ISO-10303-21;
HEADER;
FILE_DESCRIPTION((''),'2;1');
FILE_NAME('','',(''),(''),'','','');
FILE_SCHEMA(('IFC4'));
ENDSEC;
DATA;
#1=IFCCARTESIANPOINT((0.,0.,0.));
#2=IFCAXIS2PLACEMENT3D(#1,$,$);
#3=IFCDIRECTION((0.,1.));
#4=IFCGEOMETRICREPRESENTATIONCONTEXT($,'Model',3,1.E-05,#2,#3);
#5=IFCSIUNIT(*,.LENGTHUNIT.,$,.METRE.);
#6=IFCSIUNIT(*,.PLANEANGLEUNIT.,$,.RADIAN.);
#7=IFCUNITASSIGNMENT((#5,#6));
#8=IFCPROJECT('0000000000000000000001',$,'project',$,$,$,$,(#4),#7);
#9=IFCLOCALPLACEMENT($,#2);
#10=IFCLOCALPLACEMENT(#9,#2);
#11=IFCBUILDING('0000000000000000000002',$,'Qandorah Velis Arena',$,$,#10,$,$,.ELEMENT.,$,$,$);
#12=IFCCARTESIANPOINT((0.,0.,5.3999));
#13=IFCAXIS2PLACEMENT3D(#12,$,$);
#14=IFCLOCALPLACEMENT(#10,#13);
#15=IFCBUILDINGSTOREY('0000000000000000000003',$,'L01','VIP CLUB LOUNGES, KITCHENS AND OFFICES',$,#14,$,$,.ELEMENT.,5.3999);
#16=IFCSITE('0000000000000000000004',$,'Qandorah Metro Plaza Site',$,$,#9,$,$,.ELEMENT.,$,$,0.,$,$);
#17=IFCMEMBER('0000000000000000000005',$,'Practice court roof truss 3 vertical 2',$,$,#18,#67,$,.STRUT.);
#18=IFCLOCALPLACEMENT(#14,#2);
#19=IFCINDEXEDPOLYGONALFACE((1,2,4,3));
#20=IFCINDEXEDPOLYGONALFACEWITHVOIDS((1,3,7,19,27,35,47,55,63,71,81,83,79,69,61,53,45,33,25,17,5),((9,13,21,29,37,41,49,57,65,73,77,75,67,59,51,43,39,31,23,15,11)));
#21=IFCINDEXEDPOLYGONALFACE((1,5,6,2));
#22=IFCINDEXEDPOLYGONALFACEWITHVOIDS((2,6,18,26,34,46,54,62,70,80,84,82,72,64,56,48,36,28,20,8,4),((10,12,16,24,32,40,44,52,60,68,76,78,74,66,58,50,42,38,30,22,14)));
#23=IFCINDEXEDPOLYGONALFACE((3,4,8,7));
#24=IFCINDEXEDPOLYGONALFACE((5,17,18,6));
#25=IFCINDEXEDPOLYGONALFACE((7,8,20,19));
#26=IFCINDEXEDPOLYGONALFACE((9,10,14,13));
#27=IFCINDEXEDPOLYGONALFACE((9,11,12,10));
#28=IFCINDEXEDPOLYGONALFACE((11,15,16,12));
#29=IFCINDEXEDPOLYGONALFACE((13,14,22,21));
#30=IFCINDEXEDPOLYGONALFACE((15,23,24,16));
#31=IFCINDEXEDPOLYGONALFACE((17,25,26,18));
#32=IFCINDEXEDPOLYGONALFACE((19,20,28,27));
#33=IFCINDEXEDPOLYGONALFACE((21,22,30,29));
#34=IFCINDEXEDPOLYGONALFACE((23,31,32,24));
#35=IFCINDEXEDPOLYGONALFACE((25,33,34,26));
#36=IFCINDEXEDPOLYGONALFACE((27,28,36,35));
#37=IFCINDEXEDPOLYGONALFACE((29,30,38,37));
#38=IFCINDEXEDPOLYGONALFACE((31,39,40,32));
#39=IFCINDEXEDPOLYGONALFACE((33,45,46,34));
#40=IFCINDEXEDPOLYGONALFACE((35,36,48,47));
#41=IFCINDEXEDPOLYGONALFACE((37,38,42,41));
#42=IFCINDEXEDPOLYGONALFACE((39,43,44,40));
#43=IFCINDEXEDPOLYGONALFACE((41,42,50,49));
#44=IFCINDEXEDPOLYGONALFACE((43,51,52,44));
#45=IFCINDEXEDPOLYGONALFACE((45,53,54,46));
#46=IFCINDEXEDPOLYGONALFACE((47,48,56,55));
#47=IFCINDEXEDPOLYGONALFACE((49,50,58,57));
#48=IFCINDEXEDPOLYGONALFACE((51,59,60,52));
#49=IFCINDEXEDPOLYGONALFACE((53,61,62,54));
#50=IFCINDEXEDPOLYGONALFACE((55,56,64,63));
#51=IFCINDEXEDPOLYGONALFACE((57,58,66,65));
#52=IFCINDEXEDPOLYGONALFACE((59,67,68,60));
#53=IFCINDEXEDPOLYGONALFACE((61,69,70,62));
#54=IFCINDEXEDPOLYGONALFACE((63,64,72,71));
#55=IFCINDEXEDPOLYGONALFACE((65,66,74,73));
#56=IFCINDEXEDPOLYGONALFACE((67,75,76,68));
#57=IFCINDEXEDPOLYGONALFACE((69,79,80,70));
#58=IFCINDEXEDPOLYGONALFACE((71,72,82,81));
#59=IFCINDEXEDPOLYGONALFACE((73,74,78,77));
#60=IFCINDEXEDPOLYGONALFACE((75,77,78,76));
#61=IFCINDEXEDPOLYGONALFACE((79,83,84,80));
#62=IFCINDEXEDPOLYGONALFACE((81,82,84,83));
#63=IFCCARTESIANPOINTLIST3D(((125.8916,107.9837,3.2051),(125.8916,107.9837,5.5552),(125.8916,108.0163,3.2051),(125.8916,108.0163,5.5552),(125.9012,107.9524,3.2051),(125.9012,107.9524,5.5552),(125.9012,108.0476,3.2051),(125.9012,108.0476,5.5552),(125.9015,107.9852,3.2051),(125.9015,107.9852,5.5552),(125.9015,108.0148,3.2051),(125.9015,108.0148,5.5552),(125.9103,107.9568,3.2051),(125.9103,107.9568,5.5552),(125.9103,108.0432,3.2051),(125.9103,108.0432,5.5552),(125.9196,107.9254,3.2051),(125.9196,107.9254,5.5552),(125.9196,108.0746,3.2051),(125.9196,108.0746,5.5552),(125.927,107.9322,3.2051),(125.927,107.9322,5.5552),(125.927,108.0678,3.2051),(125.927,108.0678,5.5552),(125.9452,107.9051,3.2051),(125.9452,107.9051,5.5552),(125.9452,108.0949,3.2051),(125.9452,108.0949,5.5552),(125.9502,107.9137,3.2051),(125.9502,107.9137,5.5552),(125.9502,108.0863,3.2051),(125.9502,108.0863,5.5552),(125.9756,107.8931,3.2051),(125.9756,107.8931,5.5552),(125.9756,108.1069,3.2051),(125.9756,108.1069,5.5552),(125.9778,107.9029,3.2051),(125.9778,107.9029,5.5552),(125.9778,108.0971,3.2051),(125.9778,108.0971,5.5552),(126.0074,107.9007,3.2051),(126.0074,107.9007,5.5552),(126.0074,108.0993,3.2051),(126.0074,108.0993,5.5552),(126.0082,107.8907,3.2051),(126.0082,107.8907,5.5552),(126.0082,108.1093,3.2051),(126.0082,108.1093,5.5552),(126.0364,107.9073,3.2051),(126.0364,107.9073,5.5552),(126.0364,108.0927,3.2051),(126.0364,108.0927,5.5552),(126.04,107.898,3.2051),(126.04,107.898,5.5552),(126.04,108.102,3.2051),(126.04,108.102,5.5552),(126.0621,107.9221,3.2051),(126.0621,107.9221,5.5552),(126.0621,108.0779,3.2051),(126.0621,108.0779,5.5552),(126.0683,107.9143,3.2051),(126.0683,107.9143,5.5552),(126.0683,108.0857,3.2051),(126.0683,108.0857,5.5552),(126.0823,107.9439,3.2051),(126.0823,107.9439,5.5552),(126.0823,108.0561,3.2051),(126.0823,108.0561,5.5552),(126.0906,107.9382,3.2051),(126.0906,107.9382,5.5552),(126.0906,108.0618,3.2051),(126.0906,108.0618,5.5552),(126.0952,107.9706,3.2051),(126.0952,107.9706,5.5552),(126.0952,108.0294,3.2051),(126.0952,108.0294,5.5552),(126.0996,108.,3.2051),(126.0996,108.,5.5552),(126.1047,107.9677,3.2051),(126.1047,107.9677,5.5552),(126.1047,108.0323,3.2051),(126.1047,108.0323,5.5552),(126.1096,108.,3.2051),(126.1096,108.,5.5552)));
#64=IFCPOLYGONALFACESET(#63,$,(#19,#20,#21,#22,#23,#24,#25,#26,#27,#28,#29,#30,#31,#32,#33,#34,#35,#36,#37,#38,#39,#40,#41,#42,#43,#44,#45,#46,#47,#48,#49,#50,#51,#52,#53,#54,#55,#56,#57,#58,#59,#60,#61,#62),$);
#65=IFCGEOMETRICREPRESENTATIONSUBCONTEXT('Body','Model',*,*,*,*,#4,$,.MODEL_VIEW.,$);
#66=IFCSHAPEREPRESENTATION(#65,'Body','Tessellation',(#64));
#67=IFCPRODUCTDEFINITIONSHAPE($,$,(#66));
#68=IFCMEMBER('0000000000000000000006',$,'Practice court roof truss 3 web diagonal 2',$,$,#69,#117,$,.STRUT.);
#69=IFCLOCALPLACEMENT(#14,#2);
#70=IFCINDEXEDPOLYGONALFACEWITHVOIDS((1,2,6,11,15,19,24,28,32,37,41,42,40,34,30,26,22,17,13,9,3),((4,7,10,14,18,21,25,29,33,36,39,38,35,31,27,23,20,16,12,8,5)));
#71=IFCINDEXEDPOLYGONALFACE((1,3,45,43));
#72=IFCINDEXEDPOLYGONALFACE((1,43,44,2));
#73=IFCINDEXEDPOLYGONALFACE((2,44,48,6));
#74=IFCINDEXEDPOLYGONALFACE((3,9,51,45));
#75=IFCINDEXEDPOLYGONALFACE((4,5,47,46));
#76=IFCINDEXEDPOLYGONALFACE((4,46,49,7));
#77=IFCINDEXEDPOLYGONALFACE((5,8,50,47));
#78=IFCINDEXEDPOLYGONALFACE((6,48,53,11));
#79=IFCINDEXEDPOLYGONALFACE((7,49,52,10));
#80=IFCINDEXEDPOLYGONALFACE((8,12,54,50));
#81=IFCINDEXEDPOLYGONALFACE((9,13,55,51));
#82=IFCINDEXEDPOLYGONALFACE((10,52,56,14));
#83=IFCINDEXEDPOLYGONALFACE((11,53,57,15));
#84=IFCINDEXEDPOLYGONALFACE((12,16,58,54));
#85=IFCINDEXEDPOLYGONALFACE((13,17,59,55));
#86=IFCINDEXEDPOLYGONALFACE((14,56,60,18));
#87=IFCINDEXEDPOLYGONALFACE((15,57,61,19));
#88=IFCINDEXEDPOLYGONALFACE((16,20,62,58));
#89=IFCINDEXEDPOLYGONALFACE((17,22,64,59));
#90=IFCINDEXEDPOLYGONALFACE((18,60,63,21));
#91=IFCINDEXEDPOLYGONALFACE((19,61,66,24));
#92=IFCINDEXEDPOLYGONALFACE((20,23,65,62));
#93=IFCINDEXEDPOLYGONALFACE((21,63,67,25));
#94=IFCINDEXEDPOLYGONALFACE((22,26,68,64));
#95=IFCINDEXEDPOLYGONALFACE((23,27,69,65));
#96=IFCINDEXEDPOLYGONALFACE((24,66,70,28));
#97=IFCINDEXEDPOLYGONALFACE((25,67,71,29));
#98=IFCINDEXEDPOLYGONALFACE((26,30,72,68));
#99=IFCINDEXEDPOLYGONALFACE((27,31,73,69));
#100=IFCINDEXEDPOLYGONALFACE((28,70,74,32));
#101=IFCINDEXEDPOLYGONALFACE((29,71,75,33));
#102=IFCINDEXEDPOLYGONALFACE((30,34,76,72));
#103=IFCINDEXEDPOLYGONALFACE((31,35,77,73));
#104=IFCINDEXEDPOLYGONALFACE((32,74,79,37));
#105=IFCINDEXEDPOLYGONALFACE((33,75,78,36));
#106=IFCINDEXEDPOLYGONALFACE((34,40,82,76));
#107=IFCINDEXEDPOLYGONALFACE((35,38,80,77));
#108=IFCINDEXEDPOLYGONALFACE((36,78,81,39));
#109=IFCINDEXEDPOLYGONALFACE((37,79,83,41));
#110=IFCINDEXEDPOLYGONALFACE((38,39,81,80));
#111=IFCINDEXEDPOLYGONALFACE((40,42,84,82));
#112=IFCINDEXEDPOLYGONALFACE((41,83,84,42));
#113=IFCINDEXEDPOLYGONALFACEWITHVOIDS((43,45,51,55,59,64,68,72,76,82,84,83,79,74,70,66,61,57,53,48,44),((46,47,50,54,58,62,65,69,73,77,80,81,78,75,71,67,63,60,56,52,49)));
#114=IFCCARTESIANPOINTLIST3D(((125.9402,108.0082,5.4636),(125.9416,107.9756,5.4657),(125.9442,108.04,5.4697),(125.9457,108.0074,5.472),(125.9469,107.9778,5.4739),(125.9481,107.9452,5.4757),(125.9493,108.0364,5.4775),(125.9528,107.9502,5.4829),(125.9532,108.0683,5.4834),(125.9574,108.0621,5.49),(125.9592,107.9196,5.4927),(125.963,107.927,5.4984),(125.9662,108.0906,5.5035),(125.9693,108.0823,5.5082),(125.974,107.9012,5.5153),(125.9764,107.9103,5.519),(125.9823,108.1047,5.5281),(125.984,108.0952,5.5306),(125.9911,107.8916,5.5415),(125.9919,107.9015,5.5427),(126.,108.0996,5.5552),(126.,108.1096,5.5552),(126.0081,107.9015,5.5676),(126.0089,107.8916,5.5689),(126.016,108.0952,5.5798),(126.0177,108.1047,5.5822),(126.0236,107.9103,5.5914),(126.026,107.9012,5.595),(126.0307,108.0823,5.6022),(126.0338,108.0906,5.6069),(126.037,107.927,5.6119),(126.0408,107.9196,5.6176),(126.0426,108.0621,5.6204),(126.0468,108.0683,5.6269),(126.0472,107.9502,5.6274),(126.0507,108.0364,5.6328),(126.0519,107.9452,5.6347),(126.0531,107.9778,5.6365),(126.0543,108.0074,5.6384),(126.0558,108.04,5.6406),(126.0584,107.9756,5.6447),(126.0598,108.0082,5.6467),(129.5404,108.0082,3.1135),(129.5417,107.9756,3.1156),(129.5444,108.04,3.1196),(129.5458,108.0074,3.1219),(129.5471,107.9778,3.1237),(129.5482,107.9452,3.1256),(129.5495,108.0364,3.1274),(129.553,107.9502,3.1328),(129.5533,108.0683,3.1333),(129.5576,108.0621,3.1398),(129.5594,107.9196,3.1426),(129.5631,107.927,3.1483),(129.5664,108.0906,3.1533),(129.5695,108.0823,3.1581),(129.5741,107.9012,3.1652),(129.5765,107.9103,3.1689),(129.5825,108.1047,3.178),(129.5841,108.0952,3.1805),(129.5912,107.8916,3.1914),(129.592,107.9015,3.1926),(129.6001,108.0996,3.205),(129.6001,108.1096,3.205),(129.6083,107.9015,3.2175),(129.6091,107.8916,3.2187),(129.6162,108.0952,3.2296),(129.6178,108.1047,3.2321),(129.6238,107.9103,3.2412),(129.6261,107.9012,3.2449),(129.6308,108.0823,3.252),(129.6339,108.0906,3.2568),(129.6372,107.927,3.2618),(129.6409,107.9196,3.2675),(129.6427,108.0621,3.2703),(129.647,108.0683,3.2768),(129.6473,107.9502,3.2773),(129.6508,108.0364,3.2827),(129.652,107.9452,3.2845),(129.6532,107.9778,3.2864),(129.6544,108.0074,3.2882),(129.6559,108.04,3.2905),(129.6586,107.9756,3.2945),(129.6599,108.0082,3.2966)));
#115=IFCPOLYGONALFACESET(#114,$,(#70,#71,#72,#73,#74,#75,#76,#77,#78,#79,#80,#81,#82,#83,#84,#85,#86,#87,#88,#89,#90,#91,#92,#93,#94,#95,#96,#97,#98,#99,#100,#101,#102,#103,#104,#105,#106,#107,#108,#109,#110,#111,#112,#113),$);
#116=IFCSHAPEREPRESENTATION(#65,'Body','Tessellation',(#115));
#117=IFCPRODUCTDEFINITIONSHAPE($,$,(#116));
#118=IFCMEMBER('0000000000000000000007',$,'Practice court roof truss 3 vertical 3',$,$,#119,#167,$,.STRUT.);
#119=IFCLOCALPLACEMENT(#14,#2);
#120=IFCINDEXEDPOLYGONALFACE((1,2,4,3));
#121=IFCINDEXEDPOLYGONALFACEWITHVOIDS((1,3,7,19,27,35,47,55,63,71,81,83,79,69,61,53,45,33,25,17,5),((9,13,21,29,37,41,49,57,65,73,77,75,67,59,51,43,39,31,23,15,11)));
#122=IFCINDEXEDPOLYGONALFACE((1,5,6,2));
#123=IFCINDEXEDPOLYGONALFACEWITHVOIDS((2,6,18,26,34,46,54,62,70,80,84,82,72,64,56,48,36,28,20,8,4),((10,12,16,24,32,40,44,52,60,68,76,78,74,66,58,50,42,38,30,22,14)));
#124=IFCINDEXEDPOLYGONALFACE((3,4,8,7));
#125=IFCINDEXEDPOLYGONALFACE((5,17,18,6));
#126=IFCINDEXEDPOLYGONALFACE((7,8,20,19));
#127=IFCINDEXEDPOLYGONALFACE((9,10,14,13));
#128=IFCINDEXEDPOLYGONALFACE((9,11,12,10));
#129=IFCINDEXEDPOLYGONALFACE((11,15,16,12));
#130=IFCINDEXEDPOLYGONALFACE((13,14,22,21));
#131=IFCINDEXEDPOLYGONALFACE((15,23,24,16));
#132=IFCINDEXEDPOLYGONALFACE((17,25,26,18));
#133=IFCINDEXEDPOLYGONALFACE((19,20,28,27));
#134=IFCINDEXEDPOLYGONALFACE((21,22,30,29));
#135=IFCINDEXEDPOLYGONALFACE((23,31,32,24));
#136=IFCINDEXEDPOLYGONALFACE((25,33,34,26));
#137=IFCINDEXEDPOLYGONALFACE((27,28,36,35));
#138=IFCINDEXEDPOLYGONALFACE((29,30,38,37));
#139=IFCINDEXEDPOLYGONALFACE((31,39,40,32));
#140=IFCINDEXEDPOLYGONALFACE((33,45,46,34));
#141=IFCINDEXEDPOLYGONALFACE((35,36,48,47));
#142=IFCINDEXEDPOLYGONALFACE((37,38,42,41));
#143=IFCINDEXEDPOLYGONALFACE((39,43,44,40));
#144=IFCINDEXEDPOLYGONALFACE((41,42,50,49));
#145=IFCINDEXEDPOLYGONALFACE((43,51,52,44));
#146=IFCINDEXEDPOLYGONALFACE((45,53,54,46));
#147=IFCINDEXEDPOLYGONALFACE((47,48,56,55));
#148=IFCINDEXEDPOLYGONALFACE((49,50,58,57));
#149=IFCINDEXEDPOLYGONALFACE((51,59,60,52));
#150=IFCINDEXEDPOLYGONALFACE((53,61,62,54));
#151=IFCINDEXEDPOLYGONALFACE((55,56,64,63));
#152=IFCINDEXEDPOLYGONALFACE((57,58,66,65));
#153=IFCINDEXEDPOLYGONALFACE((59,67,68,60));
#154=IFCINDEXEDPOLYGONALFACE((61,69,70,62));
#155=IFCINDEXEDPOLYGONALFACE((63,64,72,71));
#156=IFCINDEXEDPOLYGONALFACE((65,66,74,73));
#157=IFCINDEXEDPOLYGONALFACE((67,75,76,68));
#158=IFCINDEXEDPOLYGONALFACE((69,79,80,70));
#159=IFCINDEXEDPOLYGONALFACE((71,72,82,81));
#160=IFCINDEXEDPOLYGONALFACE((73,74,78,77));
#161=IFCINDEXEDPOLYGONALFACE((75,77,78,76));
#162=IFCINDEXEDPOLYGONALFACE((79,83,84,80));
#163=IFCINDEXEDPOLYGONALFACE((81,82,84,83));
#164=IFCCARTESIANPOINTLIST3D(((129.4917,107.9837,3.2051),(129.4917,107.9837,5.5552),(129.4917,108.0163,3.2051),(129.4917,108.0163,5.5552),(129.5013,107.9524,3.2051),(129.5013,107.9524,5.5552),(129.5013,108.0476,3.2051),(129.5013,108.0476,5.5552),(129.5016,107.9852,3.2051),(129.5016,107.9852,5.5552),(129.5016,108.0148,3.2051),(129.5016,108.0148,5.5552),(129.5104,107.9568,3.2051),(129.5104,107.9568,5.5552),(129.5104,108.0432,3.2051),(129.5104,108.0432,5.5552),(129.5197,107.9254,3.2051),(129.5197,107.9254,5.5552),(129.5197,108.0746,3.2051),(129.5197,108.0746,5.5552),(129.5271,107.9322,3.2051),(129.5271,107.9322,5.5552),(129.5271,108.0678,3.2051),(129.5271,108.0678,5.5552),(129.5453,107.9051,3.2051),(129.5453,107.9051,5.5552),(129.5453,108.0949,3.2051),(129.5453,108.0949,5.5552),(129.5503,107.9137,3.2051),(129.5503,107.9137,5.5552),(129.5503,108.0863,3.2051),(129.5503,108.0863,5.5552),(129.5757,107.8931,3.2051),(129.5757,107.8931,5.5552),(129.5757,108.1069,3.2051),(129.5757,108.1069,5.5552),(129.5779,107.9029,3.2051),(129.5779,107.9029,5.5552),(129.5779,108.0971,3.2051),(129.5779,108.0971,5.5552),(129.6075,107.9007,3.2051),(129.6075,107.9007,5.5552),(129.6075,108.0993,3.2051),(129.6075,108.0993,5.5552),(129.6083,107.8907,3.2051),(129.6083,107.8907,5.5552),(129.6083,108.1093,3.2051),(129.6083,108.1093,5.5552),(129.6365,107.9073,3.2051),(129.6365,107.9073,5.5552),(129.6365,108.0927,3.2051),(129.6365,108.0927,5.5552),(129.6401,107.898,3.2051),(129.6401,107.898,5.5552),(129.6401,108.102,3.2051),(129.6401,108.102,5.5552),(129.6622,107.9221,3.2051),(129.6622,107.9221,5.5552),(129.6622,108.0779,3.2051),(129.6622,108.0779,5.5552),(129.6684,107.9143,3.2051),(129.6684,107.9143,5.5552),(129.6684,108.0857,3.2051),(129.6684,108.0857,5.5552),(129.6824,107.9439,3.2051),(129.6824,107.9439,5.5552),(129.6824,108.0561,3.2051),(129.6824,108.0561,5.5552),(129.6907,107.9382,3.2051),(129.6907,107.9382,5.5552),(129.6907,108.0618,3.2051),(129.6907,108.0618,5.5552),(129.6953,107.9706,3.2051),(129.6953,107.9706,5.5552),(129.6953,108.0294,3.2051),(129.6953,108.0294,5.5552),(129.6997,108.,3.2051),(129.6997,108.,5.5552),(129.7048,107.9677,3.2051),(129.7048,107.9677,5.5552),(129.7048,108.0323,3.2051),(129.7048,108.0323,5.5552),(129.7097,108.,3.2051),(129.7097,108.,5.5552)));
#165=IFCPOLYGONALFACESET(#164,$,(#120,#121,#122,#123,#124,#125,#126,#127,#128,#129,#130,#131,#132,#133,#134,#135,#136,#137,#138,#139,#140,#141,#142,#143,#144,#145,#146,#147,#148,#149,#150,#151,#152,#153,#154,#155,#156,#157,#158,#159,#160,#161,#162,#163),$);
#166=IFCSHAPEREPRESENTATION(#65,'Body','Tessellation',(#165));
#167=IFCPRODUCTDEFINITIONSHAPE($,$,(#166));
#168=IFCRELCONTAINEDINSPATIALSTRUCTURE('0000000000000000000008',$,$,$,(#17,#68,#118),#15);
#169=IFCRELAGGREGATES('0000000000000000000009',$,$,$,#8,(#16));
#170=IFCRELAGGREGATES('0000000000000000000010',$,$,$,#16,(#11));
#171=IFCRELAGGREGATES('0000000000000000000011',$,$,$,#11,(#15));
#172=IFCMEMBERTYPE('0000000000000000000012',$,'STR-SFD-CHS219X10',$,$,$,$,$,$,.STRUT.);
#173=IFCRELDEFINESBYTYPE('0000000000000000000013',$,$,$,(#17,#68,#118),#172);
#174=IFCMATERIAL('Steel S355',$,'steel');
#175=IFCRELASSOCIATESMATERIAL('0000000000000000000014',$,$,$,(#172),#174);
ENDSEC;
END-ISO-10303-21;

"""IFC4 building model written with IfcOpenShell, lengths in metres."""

from ifc_helpers import new_model, si_unit, direction, frame, origin, origin_2d, place, context, subcontext, project, spatial, hollow_circle, extrude, material, material_profile, profile_set, type_object, element, save


model = new_model("IFC4")

# Units and contexts
model_context = context("Model", 3, precision=1e-05, world=origin(), true_north=direction((0.0, 1.0)))
body_context = subcontext(model_context, "Body", "Model", "MODEL_VIEW")
ifc_project = project(units=[si_unit("LENGTHUNIT", "METRE"), si_unit("PLANEANGLEUNIT", "RADIAN")], contexts=[model_context])

# Site, building, storey
site_placement = place(None, origin())
site = spatial("IfcSite", under=ifc_project, at=site_placement, Name="Qandorah Metro Plaza Site", CompositionType="ELEMENT", RefElevation=0.0)
building_placement = place(site_placement, origin())
building = spatial("IfcBuilding", under=site, at=building_placement, Name="Qandorah Velis Arena", CompositionType="ELEMENT")
storey_placement = place(building_placement, frame((0.0, 0.0, 5.3999)))
storey = spatial("IfcBuildingStorey", under=building, at=storey_placement, Name="L01", Description="VIP CLUB LOUNGES, KITCHENS AND OFFICES", CompositionType="ELEMENT", Elevation=5.3999)

# Shared definitions
ifc_material_1 = material(Name="Steel S355", Category="steel")

# Members
ifc_material_profile_1 = material_profile(ifc_material_1, hollow_circle(Radius=0.1096, WallThickness=0.01, at=origin_2d()), Name="CHS 219.1x10")
ifc_profile_set_1 = profile_set([ifc_material_profile_1], Name="Steel S355")
member_type = type_object("IfcMemberType", Name="STR-SFD-CHS219X10", PredefinedType="STRUT", material=ifc_profile_set_1)
member_1_placement = place(storey_placement, frame((126.0, 108.0, 3.2051), z_axis=(0.0, 0.0, 1.0), x_axis=(1.0, 0.0, 0.0)))
element("IfcMember", 1, at=member_1_placement, inside=storey, type_object=member_type, Name="Practice court roof truss 3 vertical 2", PredefinedType="STRUT", context=body_context, shape_type="SweptSolid", body=[
    extrude(hollow_circle(Radius=0.1096, WallThickness=0.01, at=origin_2d()), origin(), (0.0, 0.0, 1.0), 2.3501),
])
member_2_placement = place(storey_placement, frame((126.0, 108.0, 5.5552), z_axis=(0.837376, 0.0, -0.546628), x_axis=(0.0, 1.0, 0.0)))
element("IfcMember", 2, at=member_2_placement, inside=storey, type_object=member_type, Name="Practice court roof truss 3 web diagonal 2", PredefinedType="STRUT", context=body_context, shape_type="SweptSolid", body=[
    extrude(hollow_circle(Radius=0.1096, WallThickness=0.01, at=origin_2d()), origin(), (0.0, 0.0, 1.0), 4.2993),
])
member_3_placement = place(storey_placement, frame((129.6001, 108.0, 3.2051), z_axis=(0.0, 0.0, 1.0), x_axis=(1.0, 0.0, 0.0)))
element("IfcMember", 3, at=member_3_placement, inside=storey, type_object=member_type, Name="Practice court roof truss 3 vertical 3", PredefinedType="STRUT", context=body_context, shape_type="SweptSolid", body=[
    extrude(hollow_circle(Radius=0.1096, WallThickness=0.01, at=origin_2d()), origin(), (0.0, 0.0, 1.0), 2.3501),
])

save(model, "model.ifc")
